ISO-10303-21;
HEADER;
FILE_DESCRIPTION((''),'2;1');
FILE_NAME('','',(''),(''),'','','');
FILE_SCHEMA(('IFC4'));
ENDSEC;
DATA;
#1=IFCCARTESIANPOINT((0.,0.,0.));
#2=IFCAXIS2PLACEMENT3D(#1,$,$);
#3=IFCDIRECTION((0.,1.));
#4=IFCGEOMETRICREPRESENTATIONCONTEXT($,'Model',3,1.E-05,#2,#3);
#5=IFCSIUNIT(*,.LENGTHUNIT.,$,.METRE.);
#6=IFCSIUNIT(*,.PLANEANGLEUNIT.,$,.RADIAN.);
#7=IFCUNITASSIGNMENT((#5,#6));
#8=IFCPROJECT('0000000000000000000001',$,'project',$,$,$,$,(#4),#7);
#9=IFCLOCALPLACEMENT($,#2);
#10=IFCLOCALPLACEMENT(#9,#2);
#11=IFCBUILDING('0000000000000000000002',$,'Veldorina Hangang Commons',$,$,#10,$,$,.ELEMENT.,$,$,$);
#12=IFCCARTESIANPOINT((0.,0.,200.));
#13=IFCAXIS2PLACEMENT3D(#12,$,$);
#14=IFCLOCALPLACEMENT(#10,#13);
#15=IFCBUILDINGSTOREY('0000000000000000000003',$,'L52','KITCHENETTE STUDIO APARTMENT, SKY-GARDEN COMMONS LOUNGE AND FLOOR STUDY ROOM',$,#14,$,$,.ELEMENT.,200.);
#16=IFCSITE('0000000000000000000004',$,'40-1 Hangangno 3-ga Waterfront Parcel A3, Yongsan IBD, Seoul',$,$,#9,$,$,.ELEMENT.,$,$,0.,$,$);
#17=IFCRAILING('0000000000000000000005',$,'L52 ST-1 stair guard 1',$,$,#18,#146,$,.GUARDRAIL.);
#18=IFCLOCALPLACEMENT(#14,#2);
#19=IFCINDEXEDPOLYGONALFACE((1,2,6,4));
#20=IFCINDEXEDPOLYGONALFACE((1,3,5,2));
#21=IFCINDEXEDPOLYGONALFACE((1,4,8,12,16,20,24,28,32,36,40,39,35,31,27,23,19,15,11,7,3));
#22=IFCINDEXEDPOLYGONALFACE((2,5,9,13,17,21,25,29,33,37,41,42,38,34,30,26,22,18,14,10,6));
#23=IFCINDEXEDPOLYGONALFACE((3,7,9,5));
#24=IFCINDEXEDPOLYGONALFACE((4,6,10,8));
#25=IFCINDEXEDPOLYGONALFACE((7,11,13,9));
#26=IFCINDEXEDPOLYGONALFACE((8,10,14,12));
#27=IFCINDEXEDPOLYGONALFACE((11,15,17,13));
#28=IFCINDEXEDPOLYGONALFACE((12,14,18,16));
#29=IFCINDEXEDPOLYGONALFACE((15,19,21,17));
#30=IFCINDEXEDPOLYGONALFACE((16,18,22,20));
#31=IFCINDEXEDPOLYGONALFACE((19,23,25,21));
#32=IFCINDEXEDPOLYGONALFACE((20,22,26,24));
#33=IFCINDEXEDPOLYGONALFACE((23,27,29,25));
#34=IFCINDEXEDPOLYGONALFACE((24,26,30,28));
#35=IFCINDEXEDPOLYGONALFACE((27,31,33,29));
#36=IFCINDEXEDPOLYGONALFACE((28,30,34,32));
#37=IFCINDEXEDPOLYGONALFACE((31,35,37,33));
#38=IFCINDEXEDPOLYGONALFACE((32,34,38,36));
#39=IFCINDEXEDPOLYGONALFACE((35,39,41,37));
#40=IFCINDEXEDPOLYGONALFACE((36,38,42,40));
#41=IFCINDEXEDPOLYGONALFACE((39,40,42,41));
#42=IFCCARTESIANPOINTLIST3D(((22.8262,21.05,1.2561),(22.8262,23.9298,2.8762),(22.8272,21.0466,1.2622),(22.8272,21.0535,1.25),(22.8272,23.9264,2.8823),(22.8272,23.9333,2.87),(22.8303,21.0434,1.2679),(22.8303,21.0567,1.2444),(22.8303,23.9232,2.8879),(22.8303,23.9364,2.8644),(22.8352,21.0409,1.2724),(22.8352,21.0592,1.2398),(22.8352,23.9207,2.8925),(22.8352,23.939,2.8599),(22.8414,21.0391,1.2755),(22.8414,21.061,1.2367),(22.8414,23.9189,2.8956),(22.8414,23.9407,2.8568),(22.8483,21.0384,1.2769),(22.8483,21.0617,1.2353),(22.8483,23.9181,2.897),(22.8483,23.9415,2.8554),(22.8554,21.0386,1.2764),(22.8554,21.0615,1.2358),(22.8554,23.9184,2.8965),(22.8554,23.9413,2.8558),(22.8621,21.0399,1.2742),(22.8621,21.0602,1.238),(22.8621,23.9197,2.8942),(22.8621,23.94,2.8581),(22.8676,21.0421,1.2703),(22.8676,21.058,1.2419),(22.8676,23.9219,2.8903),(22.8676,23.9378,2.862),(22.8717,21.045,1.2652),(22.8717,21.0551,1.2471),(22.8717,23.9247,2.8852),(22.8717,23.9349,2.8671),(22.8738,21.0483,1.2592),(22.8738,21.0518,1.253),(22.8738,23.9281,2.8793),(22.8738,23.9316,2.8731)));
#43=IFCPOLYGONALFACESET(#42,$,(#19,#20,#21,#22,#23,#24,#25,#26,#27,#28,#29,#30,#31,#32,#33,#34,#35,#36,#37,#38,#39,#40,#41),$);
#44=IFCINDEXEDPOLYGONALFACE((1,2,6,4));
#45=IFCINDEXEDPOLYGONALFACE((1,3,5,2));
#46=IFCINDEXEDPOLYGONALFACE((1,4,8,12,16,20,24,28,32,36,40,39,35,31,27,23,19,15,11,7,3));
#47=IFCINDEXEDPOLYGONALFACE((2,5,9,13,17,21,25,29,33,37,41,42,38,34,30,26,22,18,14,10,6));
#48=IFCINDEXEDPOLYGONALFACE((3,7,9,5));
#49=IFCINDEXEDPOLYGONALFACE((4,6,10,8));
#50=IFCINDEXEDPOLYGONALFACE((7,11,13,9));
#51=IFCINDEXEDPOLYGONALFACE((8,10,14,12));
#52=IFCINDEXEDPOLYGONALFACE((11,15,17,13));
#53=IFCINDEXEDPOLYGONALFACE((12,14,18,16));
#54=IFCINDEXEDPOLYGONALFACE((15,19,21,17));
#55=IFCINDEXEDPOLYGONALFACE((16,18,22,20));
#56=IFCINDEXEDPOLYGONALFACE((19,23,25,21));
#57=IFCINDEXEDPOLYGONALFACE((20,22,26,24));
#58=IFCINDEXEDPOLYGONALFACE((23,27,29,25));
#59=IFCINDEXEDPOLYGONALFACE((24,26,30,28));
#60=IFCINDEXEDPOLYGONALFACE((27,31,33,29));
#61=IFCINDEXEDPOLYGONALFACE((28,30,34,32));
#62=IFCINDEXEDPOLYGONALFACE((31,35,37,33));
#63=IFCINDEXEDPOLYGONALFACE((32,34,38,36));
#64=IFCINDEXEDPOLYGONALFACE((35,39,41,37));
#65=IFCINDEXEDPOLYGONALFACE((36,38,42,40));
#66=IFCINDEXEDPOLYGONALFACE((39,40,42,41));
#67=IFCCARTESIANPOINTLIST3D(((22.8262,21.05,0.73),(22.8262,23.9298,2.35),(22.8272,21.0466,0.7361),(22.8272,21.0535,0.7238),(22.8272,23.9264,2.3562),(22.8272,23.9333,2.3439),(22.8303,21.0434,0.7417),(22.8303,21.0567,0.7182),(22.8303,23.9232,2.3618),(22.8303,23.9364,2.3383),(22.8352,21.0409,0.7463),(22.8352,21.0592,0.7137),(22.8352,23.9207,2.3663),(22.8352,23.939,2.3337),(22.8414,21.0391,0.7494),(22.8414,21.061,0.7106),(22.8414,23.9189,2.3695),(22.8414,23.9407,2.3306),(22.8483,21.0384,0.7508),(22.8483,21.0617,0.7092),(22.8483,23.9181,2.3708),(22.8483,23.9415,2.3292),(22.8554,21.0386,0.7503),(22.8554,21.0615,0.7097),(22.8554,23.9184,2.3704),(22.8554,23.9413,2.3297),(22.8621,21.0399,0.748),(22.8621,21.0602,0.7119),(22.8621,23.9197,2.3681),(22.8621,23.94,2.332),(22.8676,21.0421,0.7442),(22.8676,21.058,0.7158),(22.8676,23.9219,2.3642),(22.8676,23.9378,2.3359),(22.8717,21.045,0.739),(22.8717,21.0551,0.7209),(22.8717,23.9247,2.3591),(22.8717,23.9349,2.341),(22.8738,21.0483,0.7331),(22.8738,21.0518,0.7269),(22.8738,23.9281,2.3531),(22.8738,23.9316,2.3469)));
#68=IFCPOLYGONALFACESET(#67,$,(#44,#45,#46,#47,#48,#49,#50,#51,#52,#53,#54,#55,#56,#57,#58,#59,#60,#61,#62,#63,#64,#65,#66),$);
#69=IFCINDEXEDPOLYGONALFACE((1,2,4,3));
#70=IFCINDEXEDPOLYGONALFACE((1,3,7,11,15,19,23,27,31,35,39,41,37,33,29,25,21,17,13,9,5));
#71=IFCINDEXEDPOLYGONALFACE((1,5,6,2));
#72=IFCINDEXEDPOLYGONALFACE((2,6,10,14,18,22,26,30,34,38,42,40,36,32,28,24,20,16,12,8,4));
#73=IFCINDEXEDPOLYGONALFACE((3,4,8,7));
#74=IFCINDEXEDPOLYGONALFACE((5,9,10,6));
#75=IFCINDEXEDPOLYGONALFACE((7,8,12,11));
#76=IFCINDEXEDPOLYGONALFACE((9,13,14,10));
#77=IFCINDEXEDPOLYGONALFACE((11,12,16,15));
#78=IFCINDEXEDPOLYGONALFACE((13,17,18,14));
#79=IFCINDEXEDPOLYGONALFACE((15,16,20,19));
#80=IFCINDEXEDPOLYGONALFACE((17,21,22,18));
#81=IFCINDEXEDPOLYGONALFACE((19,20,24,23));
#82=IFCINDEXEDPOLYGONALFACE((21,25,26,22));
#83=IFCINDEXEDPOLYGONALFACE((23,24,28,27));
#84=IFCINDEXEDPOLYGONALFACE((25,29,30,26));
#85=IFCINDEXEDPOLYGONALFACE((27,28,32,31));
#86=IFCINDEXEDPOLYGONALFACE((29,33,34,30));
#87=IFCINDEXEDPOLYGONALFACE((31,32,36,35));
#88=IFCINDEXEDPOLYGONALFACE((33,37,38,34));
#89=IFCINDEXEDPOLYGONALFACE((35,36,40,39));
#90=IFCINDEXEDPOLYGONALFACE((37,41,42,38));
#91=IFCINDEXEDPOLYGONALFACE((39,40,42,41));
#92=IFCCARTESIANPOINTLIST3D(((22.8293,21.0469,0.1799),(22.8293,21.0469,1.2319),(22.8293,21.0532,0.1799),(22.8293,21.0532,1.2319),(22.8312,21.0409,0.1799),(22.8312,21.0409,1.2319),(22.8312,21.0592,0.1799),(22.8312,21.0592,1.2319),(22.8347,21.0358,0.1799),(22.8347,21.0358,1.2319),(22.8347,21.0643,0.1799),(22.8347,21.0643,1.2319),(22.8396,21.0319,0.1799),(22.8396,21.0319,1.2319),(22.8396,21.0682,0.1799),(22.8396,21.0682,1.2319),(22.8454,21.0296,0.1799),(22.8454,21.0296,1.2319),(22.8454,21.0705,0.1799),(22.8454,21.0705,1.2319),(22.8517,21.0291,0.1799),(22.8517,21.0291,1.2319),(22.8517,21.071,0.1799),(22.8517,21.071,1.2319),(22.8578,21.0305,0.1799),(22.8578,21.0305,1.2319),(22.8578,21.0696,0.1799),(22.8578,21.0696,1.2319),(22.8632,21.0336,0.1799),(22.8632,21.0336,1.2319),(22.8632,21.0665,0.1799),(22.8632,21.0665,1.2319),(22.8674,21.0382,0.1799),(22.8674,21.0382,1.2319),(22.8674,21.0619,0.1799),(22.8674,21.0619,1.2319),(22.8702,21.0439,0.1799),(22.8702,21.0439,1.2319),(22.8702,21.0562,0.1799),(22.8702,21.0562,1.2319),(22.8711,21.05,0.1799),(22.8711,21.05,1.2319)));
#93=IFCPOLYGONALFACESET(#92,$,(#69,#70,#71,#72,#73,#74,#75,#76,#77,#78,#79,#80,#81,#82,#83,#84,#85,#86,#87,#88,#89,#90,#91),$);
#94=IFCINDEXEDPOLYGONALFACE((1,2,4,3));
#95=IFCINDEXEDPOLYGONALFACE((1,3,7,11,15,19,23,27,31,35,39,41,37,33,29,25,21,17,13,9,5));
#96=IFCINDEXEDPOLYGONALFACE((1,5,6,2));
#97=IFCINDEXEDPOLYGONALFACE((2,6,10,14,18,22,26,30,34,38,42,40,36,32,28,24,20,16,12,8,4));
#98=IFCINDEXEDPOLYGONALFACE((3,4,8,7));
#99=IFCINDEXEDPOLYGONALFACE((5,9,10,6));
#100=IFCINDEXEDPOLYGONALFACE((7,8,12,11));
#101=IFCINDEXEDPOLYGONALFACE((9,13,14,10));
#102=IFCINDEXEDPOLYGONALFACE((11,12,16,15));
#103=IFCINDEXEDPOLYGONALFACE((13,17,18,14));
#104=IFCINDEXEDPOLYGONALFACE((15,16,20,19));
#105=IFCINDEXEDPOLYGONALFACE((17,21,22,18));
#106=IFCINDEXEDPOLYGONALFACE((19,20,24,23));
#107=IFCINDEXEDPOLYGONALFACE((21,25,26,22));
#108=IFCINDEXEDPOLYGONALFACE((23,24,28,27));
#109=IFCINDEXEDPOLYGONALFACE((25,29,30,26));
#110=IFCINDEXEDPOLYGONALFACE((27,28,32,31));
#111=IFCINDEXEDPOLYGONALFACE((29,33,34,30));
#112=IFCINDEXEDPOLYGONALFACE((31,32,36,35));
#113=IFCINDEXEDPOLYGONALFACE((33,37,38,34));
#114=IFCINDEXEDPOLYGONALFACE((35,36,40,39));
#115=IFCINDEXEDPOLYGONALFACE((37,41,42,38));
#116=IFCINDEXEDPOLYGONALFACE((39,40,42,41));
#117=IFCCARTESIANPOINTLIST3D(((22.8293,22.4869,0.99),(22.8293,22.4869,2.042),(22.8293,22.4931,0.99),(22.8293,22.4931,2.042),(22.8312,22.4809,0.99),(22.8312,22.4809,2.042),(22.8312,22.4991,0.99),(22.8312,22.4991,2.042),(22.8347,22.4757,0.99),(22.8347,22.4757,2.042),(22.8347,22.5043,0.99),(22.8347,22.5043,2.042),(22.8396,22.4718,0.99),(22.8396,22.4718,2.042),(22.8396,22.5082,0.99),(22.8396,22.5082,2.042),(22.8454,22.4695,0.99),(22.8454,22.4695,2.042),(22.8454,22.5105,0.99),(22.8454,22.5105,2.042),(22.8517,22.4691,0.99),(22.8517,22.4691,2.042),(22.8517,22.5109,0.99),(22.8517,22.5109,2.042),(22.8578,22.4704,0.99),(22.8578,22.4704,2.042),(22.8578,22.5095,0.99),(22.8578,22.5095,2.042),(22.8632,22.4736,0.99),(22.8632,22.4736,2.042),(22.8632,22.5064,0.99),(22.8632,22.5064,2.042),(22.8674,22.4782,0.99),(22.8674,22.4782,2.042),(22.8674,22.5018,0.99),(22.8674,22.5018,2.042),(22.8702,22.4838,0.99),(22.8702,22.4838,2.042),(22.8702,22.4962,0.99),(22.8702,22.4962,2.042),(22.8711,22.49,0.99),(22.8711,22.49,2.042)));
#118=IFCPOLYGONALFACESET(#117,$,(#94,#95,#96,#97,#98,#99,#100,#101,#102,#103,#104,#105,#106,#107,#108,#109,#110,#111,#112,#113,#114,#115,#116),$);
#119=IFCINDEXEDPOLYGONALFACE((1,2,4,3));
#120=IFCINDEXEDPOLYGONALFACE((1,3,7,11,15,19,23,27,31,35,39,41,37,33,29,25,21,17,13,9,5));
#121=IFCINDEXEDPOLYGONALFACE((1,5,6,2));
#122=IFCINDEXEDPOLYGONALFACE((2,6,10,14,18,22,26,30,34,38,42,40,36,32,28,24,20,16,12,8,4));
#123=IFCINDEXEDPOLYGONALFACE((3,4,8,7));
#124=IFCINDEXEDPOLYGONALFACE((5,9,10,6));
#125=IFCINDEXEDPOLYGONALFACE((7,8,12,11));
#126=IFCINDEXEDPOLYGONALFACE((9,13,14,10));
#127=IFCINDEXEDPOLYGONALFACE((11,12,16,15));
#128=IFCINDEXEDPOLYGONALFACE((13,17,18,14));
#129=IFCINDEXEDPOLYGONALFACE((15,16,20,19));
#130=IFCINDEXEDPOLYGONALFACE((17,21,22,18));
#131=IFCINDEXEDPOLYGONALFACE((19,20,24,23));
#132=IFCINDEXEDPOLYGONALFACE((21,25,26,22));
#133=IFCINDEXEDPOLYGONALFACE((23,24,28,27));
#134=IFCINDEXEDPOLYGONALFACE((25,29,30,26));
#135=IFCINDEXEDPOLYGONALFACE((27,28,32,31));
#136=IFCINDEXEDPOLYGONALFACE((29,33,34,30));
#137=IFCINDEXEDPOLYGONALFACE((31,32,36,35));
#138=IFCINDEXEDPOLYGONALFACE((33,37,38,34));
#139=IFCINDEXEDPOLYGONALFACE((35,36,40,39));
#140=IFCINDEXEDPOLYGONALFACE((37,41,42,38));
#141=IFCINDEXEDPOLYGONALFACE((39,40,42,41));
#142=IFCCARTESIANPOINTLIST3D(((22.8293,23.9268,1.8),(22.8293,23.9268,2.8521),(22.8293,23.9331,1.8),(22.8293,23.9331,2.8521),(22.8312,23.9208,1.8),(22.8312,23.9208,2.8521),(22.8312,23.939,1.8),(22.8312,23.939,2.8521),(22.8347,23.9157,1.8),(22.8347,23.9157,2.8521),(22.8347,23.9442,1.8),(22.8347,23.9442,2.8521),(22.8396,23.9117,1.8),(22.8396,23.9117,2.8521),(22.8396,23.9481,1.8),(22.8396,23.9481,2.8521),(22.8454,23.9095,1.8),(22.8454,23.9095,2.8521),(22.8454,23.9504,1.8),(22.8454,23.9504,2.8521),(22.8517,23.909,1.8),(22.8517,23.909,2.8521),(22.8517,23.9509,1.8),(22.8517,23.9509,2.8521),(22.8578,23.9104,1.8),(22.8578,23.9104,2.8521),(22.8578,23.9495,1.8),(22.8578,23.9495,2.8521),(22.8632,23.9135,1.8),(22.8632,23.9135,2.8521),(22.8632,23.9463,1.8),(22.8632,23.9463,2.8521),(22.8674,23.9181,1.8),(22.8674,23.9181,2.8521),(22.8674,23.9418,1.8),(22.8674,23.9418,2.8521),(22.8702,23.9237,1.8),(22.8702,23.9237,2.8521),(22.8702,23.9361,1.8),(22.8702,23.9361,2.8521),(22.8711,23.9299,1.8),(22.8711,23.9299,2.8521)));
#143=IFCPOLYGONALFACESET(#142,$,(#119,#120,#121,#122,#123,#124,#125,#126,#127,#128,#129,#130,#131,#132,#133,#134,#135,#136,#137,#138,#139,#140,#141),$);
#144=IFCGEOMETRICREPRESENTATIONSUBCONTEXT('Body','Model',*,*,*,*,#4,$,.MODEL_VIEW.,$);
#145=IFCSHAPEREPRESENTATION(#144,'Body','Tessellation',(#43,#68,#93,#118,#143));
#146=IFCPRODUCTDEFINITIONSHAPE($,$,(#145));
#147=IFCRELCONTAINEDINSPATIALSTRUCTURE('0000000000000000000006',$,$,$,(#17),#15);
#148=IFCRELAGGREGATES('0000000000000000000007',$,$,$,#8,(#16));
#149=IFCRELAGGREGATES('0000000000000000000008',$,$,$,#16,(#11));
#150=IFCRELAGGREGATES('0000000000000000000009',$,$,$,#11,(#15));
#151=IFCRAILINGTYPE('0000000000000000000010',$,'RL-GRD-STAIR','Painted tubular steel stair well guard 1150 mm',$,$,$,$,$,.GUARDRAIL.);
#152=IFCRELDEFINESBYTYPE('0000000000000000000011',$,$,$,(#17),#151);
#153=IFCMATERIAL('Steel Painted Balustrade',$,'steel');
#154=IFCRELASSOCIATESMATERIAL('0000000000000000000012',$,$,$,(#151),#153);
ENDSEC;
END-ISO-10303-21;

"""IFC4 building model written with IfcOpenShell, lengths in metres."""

from ifc_helpers import new_model, si_unit, direction, frame, origin, origin_2d, place, context, subcontext, project, spatial, circle, extrude, material, type_object, element, save


model = new_model("IFC4")

# Units and contexts
model_context = context("Model", 3, precision=1e-05, world=origin(), true_north=direction((0.0, 1.0)))
body_context = subcontext(model_context, "Body", "Model", "MODEL_VIEW")
ifc_project = project(units=[si_unit("LENGTHUNIT", "METRE"), si_unit("PLANEANGLEUNIT", "RADIAN")], contexts=[model_context])

# Site, building, storey
site_placement = place(None, origin())
site = spatial("IfcSite", under=ifc_project, at=site_placement, Name="40-1 Hangangno 3-ga Waterfront Parcel A3, Yongsan IBD, Seoul", CompositionType="ELEMENT", RefElevation=0.0)
building_placement = place(site_placement, origin())
building = spatial("IfcBuilding", under=site, at=building_placement, Name="Veldorina Hangang Commons", CompositionType="ELEMENT")
storey_placement = place(building_placement, frame((0.0, 0.0, 200.0)))
storey = spatial("IfcBuildingStorey", under=building, at=storey_placement, Name="L52", Description="KITCHENETTE STUDIO APARTMENT, SKY-GARDEN COMMONS LOUNGE AND FLOOR STUDY ROOM", CompositionType="ELEMENT", Elevation=200.0)

# Railing
ifc_material_1 = material(Name="Steel Painted Balustrade", Category="steel")
railing_type_1 = type_object("IfcRailingType", Name="RL-GRD-STAIR", Description="Painted tubular steel stair well guard 1150 mm", PredefinedType="GUARDRAIL", material=ifc_material_1)
railing_1_placement = place(storey_placement, frame((22.8501, 21.05, 0.1799)))
element("IfcRailing", 1, at=railing_1_placement, inside=storey, type_object=railing_type_1, Name="L52 ST-1 stair guard 1", PredefinedType="GUARDRAIL", context=body_context, shape_type="SweptSolid", body=[
    extrude(circle(Radius=0.0239, at=origin_2d()), frame((0.0, 0.0, 1.0762), z_axis=(0.0, 0.871552, 0.490303), x_axis=(-1.0, 0.0, 0.0)), (0.0, 0.0, 1.0), 3.3042),
    extrude(circle(Radius=0.0239, at=origin_2d()), frame((0.0, 0.0, 0.55), z_axis=(0.0, 0.871552, 0.490303), x_axis=(-1.0, 0.0, 0.0)), (0.0, 0.0, 1.0), 3.3042),
    extrude(circle(Radius=0.021, at=origin_2d()), origin(), (0.0, 0.0, 1.0), 1.052),
    extrude(circle(Radius=0.021, at=origin_2d()), frame((0.0, 1.4399, 0.8101)), (0.0, 0.0, 1.0), 1.052),
    extrude(circle(Radius=0.021, at=origin_2d()), frame((0.0, 2.8799, 1.6201)), (0.0, 0.0, 1.0), 1.052),
])

save(model, "model.ifc")
